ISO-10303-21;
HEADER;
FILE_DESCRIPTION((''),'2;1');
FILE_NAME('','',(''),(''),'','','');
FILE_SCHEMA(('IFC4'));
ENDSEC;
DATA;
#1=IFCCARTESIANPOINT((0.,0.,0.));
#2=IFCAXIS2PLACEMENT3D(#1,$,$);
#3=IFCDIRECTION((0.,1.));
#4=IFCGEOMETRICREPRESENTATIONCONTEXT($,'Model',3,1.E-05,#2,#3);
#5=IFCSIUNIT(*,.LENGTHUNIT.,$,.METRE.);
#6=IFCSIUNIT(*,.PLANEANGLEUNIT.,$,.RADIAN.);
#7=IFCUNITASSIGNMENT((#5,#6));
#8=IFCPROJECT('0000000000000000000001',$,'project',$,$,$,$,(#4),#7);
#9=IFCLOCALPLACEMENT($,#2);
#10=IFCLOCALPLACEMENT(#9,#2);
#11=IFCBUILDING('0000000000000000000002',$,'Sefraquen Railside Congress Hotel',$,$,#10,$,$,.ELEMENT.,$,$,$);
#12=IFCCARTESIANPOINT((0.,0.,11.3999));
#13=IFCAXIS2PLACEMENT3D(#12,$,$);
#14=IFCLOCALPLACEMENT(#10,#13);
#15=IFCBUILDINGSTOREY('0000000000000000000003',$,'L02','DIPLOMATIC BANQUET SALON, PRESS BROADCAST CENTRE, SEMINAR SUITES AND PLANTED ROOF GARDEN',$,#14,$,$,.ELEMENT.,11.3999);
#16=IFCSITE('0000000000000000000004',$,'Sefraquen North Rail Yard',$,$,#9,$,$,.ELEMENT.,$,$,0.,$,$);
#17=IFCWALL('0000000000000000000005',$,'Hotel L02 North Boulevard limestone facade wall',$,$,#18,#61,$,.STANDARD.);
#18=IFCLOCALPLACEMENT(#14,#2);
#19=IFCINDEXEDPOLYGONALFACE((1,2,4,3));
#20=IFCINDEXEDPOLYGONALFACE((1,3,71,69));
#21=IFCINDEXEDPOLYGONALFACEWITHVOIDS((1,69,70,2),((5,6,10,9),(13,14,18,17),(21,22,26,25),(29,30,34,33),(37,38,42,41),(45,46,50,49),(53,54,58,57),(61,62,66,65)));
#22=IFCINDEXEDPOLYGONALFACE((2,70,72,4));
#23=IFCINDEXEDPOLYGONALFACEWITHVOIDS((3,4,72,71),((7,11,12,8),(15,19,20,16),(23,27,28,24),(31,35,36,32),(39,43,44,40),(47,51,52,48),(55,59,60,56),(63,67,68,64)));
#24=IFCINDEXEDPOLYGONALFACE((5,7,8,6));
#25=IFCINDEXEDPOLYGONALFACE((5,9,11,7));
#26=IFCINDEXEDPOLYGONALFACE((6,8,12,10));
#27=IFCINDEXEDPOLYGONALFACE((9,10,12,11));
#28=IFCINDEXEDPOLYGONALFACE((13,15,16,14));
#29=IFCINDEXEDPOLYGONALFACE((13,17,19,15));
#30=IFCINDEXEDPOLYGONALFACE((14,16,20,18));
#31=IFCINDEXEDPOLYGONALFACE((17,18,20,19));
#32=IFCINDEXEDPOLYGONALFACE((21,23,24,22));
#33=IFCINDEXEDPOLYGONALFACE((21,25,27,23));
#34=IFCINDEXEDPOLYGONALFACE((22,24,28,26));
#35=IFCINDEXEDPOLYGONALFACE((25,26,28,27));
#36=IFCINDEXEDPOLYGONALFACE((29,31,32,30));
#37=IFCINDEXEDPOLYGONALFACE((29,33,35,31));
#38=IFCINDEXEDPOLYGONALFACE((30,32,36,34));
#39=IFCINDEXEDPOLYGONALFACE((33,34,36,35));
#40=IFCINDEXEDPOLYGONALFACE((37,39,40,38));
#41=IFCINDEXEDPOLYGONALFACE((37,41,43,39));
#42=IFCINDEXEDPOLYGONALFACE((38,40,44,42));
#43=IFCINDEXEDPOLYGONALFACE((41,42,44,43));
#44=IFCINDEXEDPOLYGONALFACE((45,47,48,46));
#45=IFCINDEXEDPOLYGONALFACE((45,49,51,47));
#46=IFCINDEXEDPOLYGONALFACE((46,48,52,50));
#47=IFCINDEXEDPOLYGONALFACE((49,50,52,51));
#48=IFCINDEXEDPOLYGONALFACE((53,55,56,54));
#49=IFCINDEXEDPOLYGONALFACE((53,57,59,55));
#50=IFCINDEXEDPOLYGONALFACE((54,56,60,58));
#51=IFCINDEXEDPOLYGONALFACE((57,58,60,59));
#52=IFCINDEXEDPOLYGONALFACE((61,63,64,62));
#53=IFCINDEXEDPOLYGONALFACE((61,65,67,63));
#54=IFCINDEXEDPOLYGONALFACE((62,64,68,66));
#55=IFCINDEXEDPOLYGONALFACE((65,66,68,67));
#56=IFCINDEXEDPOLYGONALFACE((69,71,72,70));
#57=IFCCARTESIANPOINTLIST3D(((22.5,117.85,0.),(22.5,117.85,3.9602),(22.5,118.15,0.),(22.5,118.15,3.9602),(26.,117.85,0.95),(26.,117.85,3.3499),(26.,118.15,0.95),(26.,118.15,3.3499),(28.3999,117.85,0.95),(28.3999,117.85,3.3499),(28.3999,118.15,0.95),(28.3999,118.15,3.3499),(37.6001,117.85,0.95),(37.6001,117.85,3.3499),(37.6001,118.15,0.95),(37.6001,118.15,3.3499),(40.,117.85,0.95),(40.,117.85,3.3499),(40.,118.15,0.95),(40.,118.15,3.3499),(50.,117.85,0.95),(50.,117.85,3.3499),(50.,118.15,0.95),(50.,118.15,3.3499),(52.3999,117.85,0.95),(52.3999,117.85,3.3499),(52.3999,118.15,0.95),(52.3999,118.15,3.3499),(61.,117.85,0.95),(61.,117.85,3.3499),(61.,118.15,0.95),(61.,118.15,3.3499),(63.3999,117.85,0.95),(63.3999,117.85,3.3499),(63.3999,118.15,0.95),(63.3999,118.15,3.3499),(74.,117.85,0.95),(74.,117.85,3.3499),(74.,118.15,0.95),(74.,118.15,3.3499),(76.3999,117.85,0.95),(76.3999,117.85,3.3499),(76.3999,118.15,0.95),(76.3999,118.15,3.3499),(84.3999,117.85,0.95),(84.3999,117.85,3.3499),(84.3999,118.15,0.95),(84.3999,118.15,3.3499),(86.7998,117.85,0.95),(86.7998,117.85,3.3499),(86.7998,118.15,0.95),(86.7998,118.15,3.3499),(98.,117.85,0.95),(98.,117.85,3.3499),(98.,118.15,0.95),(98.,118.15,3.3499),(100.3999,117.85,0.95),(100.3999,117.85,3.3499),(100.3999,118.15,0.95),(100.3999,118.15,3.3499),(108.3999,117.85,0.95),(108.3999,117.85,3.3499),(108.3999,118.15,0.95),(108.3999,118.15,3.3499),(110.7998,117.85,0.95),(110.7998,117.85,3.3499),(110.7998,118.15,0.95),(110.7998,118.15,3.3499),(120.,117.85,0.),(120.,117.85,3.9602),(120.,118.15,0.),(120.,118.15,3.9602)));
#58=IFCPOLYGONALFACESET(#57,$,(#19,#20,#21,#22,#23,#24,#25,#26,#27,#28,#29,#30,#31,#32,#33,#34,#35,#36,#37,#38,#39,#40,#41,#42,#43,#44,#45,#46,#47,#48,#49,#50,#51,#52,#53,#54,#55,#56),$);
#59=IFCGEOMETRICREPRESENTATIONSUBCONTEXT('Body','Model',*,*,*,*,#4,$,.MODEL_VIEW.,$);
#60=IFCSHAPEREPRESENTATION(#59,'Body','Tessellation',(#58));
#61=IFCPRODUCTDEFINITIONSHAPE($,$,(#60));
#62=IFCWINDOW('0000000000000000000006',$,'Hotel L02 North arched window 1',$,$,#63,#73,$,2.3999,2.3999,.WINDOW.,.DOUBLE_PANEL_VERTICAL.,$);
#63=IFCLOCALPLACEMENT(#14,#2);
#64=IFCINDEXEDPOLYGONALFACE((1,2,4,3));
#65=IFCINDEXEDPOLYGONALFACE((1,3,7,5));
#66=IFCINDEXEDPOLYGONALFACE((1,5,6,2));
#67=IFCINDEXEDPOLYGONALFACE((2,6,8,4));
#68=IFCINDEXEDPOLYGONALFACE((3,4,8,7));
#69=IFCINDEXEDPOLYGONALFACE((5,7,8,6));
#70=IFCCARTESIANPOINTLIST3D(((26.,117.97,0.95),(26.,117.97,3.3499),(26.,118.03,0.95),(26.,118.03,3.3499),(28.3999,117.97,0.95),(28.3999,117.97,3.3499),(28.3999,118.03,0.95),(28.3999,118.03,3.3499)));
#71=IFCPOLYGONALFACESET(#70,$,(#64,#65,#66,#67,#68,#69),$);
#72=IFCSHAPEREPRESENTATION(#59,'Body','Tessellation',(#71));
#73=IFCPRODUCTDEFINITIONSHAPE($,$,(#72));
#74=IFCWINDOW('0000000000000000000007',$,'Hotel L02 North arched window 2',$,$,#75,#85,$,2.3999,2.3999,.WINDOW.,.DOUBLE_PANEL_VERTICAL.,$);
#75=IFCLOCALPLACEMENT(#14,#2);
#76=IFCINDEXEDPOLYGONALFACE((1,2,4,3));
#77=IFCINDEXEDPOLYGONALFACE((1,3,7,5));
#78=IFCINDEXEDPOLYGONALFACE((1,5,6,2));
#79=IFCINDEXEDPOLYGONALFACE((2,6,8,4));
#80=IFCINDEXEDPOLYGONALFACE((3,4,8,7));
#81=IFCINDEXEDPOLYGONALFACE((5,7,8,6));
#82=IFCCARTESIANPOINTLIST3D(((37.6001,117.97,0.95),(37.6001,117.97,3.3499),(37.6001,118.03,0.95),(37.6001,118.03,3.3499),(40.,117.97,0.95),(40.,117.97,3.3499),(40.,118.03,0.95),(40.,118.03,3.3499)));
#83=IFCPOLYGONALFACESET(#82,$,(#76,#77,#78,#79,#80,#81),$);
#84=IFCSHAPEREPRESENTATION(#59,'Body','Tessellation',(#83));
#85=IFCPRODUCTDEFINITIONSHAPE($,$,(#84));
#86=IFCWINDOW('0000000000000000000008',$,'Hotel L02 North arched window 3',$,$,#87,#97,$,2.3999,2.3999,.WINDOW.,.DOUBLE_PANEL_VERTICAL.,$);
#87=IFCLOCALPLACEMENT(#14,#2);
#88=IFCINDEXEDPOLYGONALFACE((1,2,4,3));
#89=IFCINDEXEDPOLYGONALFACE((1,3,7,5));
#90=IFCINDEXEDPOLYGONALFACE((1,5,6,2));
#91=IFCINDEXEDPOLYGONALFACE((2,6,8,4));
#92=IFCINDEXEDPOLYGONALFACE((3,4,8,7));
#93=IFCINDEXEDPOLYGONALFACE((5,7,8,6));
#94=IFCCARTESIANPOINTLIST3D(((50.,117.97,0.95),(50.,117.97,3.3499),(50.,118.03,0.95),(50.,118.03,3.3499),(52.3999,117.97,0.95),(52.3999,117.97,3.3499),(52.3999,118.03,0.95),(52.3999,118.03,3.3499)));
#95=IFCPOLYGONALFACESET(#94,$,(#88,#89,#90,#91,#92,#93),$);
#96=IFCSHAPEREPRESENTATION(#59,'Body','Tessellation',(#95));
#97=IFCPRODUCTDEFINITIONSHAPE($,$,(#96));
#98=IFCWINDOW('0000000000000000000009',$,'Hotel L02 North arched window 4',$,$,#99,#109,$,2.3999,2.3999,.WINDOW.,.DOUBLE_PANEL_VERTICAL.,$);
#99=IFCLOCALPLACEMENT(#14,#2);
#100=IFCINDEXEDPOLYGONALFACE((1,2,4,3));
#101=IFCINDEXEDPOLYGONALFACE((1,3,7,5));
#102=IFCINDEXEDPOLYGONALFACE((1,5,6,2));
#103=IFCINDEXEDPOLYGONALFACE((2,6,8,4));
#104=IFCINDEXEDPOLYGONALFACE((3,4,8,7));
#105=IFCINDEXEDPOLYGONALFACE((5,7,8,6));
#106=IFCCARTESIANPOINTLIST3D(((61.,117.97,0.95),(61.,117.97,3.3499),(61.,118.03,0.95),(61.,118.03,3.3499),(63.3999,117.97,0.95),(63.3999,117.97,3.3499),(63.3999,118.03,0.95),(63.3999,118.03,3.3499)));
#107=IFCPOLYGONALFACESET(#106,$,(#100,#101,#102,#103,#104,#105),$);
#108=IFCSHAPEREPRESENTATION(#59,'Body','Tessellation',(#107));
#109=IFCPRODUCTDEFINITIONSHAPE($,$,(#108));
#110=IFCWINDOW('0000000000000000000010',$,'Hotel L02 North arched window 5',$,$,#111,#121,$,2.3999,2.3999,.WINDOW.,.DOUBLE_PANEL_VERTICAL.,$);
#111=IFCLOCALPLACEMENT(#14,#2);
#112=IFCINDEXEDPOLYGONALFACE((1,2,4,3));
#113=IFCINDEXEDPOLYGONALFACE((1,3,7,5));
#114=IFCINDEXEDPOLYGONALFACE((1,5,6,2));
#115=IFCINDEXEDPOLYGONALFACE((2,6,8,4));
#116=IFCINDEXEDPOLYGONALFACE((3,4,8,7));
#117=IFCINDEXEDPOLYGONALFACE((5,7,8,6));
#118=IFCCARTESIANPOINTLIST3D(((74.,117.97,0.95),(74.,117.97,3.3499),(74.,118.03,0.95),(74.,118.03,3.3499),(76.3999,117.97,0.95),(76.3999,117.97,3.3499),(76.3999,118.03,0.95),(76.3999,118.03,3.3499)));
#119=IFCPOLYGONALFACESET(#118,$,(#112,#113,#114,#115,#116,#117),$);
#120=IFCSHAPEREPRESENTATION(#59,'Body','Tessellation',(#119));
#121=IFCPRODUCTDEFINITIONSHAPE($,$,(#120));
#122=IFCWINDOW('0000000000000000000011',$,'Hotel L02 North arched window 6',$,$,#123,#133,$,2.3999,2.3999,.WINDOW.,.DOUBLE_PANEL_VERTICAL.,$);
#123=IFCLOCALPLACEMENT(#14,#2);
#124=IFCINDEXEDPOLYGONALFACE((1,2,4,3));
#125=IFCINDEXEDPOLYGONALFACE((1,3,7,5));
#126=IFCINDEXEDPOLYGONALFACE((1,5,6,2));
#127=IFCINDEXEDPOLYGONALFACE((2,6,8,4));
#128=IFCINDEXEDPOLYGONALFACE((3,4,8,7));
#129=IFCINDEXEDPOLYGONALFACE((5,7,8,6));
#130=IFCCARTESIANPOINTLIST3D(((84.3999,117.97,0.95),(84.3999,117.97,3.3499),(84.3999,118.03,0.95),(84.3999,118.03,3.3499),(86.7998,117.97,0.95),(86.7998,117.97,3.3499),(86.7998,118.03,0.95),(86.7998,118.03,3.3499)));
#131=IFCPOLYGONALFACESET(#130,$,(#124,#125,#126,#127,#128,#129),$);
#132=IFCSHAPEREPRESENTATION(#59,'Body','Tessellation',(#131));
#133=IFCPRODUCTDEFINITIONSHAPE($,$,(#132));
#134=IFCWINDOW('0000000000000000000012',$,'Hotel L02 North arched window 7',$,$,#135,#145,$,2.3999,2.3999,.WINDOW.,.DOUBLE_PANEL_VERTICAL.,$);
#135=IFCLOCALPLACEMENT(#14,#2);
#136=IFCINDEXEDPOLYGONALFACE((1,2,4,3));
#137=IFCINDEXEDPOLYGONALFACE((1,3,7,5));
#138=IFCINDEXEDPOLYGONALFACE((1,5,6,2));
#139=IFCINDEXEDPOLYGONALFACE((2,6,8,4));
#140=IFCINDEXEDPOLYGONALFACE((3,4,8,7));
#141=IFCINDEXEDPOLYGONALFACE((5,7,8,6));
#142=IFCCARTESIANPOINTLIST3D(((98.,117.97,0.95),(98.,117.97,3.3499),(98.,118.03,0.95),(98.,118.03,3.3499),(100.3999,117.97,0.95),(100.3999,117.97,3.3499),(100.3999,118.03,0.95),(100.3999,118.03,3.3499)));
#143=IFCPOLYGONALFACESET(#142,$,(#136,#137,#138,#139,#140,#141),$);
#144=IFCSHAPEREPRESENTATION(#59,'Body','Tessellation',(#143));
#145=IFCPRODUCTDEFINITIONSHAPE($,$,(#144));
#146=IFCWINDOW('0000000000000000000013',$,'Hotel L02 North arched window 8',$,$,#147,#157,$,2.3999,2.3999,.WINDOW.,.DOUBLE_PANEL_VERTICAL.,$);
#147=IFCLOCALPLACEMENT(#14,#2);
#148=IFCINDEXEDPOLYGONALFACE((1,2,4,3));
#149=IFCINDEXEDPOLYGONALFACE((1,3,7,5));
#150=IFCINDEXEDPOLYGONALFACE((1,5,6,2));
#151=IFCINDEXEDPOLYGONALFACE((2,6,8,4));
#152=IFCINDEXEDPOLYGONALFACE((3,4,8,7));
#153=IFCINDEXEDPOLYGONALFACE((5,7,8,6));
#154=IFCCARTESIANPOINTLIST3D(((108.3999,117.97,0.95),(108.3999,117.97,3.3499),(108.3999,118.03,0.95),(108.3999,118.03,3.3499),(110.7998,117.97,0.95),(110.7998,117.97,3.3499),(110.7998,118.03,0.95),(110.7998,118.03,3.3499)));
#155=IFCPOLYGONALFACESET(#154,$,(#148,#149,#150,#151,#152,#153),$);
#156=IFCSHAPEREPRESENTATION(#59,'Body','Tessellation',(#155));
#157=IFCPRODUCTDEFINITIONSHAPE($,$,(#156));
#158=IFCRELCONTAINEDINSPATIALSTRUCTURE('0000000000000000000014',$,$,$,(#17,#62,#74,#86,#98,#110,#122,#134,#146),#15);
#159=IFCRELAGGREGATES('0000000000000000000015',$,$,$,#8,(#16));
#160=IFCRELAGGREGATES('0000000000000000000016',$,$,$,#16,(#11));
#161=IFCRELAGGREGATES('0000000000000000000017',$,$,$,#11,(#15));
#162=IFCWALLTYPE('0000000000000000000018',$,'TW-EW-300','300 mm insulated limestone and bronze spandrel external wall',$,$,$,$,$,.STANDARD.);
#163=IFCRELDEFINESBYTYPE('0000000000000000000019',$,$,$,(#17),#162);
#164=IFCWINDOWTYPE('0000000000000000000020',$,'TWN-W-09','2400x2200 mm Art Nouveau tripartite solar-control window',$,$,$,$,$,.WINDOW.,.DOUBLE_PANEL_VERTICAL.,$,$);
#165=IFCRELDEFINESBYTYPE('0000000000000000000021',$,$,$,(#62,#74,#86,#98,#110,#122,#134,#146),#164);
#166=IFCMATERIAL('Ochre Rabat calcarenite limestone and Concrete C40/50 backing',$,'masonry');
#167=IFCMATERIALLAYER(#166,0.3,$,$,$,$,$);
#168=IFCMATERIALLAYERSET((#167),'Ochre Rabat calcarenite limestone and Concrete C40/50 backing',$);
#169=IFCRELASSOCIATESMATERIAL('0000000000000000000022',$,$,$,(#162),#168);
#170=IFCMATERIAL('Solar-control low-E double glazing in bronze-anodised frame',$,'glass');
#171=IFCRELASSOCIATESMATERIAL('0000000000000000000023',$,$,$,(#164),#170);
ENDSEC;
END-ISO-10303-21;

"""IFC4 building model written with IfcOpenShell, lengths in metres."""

from ifc_helpers import new_model, si_unit, direction, frame, frame_2d, origin, place, context, subcontext, project, spatial, rectangle, extrude, material, layer, layer_set, type_object, element, fill, save


model = new_model("IFC4")

# Units and contexts
model_context = context("Model", 3, precision=1e-05, world=origin(), true_north=direction((0.0, 1.0)))
body_context = subcontext(model_context, "Body", "Model", "MODEL_VIEW")
ifc_project = project(units=[si_unit("LENGTHUNIT", "METRE"), si_unit("PLANEANGLEUNIT", "RADIAN")], contexts=[model_context])

# Site, building, storey
site_placement = place(None, origin())
site = spatial("IfcSite", under=ifc_project, at=site_placement, Name="Sefraquen North Rail Yard", CompositionType="ELEMENT", RefElevation=0.0)
building_placement = place(site_placement, origin())
building = spatial("IfcBuilding", under=site, at=building_placement, Name="Sefraquen Railside Congress Hotel", CompositionType="ELEMENT")
storey_placement = place(building_placement, frame((0.0, 0.0, 11.3999)))
storey = spatial("IfcBuildingStorey", under=building, at=storey_placement, Name="L02", Description="DIPLOMATIC BANQUET SALON, PRESS BROADCAST CENTRE, SEMINAR SUITES AND PLANTED ROOF GARDEN", CompositionType="ELEMENT", Elevation=11.3999)

# Wall, openings, windows
ifc_material_1 = material(Name="Ochre Rabat calcarenite limestone and Concrete C40/50 backing", Category="masonry")
ifc_layer_1 = layer(ifc_material_1, 0.3)
ifc_layer_set_1 = layer_set([ifc_layer_1], Name="Ochre Rabat calcarenite limestone and Concrete C40/50 backing")
wall_type = type_object("IfcWallType", Name="TW-EW-300", Description="300 mm insulated limestone and bronze spandrel external wall", PredefinedType="STANDARD", material=ifc_layer_set_1)
wall_placement = place(storey_placement, frame((22.5, 118.0, 0.0), z_axis=(0.0, 0.0, 1.0), x_axis=(1.0, 0.0, 0.0)))
wall = element("IfcWall", 1, at=wall_placement, inside=storey, type_object=wall_type, Name="Hotel L02 North Boulevard limestone facade wall", PredefinedType="STANDARD", context=body_context, shape_type="SweptSolid", body=[
    extrude(rectangle(XDim=97.5, YDim=0.3, at=frame_2d((48.75, 0.0))), origin(), (0.0, 0.0, 1.0), 3.9602),
])
opening_1_placement = place(wall_placement, frame((3.5, 0.0, 0.95)))
opening_1 = element("IfcOpeningElement", 2, at=opening_1_placement, cuts=wall, PredefinedType="OPENING", context=body_context, shape_type="SweptSolid", body=[
    extrude(rectangle(XDim=2.3999, YDim=2.3999, at=frame_2d((1.2, 1.2))), frame((0.0, 0.1599, 0.0), z_axis=(0.0, -1.0, 0.0), x_axis=(1.0, 0.0, 0.0)), (0.0, 0.0, 1.0), 0.3201),
])
opening_2_placement = place(wall_placement, frame((15.1001, 0.0, 0.95)))
opening_2 = element("IfcOpeningElement", 3, at=opening_2_placement, cuts=wall, PredefinedType="OPENING", context=body_context, shape_type="SweptSolid", body=[
    extrude(rectangle(XDim=2.3999, YDim=2.3999, at=frame_2d((1.2, 1.2))), frame((0.0, 0.1599, 0.0), z_axis=(0.0, -1.0, 0.0), x_axis=(1.0, 0.0, 0.0)), (0.0, 0.0, 1.0), 0.3201),
])
opening_3_placement = place(wall_placement, frame((27.5, 0.0, 0.95)))
opening_3 = element("IfcOpeningElement", 4, at=opening_3_placement, cuts=wall, PredefinedType="OPENING", context=body_context, shape_type="SweptSolid", body=[
    extrude(rectangle(XDim=2.3999, YDim=2.3999, at=frame_2d((1.2, 1.2))), frame((0.0, 0.1599, 0.0), z_axis=(0.0, -1.0, 0.0), x_axis=(1.0, 0.0, 0.0)), (0.0, 0.0, 1.0), 0.3201),
])
opening_4_placement = place(wall_placement, frame((38.5, 0.0, 0.95)))
opening_4 = element("IfcOpeningElement", 5, at=opening_4_placement, cuts=wall, PredefinedType="OPENING", context=body_context, shape_type="SweptSolid", body=[
    extrude(rectangle(XDim=2.3999, YDim=2.3999, at=frame_2d((1.2, 1.2))), frame((0.0, 0.1599, 0.0), z_axis=(0.0, -1.0, 0.0), x_axis=(1.0, 0.0, 0.0)), (0.0, 0.0, 1.0), 0.3201),
])
opening_5_placement = place(wall_placement, frame((51.5, 0.0, 0.95)))
opening_5 = element("IfcOpeningElement", 6, at=opening_5_placement, cuts=wall, PredefinedType="OPENING", context=body_context, shape_type="SweptSolid", body=[
    extrude(rectangle(XDim=2.3999, YDim=2.3999, at=frame_2d((1.2, 1.2))), frame((0.0, 0.1599, 0.0), z_axis=(0.0, -1.0, 0.0), x_axis=(1.0, 0.0, 0.0)), (0.0, 0.0, 1.0), 0.3201),
])
opening_6_placement = place(wall_placement, frame((61.8999, 0.0, 0.95)))
opening_6 = element("IfcOpeningElement", 7, at=opening_6_placement, cuts=wall, PredefinedType="OPENING", context=body_context, shape_type="SweptSolid", body=[
    extrude(rectangle(XDim=2.3999, YDim=2.3999, at=frame_2d((1.2, 1.2))), frame((0.0, 0.1599, 0.0), z_axis=(0.0, -1.0, 0.0), x_axis=(1.0, 0.0, 0.0)), (0.0, 0.0, 1.0), 0.3201),
])
opening_7_placement = place(wall_placement, frame((75.5, 0.0, 0.95)))
opening_7 = element("IfcOpeningElement", 8, at=opening_7_placement, cuts=wall, PredefinedType="OPENING", context=body_context, shape_type="SweptSolid", body=[
    extrude(rectangle(XDim=2.3999, YDim=2.3999, at=frame_2d((1.2, 1.2))), frame((0.0, 0.1599, 0.0), z_axis=(0.0, -1.0, 0.0), x_axis=(1.0, 0.0, 0.0)), (0.0, 0.0, 1.0), 0.3201),
])
opening_8_placement = place(wall_placement, frame((85.8999, 0.0, 0.95)))
opening_8 = element("IfcOpeningElement", 9, at=opening_8_placement, cuts=wall, PredefinedType="OPENING", context=body_context, shape_type="SweptSolid", body=[
    extrude(rectangle(XDim=2.3999, YDim=2.3999, at=frame_2d((1.2, 1.2))), frame((0.0, 0.1599, 0.0), z_axis=(0.0, -1.0, 0.0), x_axis=(1.0, 0.0, 0.0)), (0.0, 0.0, 1.0), 0.3201),
])
ifc_material_2 = material(Name="Solar-control low-E double glazing in bronze-anodised frame", Category="glass")
window_type = type_object("IfcWindowType", Name="TWN-W-09", Description="2400x2200 mm Art Nouveau tripartite solar-control window", PartitioningType="DOUBLE_PANEL_VERTICAL", PredefinedType="WINDOW", material=ifc_material_2)
window_1_placement = place(opening_1_placement, origin())
window_1 = element("IfcWindow", 10, at=window_1_placement, inside=storey, type_object=window_type, Name="Hotel L02 North arched window 1", OverallHeight=2.3999, OverallWidth=2.3999, PartitioningType="DOUBLE_PANEL_VERTICAL", PredefinedType="WINDOW", context=body_context, shape_type="SweptSolid", body=[
    extrude(rectangle(XDim=2.3999, YDim=2.3999, at=frame_2d((1.2, 1.2))), frame((0.0, 0.03, 0.0), z_axis=(0.0, -1.0, 0.0), x_axis=(1.0, 0.0, 0.0)), (0.0, 0.0, 1.0), 0.0601),
])
fill(opening_1, window_1)
window_2_placement = place(opening_2_placement, origin())
window_2 = element("IfcWindow", 11, at=window_2_placement, inside=storey, type_object=window_type, Name="Hotel L02 North arched window 2", OverallHeight=2.3999, OverallWidth=2.3999, PartitioningType="DOUBLE_PANEL_VERTICAL", PredefinedType="WINDOW", context=body_context, shape_type="SweptSolid", body=[
    extrude(rectangle(XDim=2.3999, YDim=2.3999, at=frame_2d((1.2, 1.2))), frame((0.0, 0.03, 0.0), z_axis=(0.0, -1.0, 0.0), x_axis=(1.0, 0.0, 0.0)), (0.0, 0.0, 1.0), 0.0601),
])
fill(opening_2, window_2)
window_3_placement = place(opening_3_placement, origin())
window_3 = element("IfcWindow", 12, at=window_3_placement, inside=storey, type_object=window_type, Name="Hotel L02 North arched window 3", OverallHeight=2.3999, OverallWidth=2.3999, PartitioningType="DOUBLE_PANEL_VERTICAL", PredefinedType="WINDOW", context=body_context, shape_type="SweptSolid", body=[
    extrude(rectangle(XDim=2.3999, YDim=2.3999, at=frame_2d((1.2, 1.2))), frame((0.0, 0.03, 0.0), z_axis=(0.0, -1.0, 0.0), x_axis=(1.0, 0.0, 0.0)), (0.0, 0.0, 1.0), 0.0601),
])
fill(opening_3, window_3)
window_4_placement = place(opening_4_placement, origin())
window_4 = element("IfcWindow", 13, at=window_4_placement, inside=storey, type_object=window_type, Name="Hotel L02 North arched window 4", OverallHeight=2.3999, OverallWidth=2.3999, PartitioningType="DOUBLE_PANEL_VERTICAL", PredefinedType="WINDOW", context=body_context, shape_type="SweptSolid", body=[
    extrude(rectangle(XDim=2.3999, YDim=2.3999, at=frame_2d((1.2, 1.2))), frame((0.0, 0.03, 0.0), z_axis=(0.0, -1.0, 0.0), x_axis=(1.0, 0.0, 0.0)), (0.0, 0.0, 1.0), 0.0601),
])
fill(opening_4, window_4)
window_5_placement = place(opening_5_placement, origin())
window_5 = element("IfcWindow", 14, at=window_5_placement, inside=storey, type_object=window_type, Name="Hotel L02 North arched window 5", OverallHeight=2.3999, OverallWidth=2.3999, PartitioningType="DOUBLE_PANEL_VERTICAL", PredefinedType="WINDOW", context=body_context, shape_type="SweptSolid", body=[
    extrude(rectangle(XDim=2.3999, YDim=2.3999, at=frame_2d((1.2, 1.2))), frame((0.0, 0.03, 0.0), z_axis=(0.0, -1.0, 0.0), x_axis=(1.0, 0.0, 0.0)), (0.0, 0.0, 1.0), 0.0601),
])
fill(opening_5, window_5)
window_6_placement = place(opening_6_placement, origin())
window_6 = element("IfcWindow", 15, at=window_6_placement, inside=storey, type_object=window_type, Name="Hotel L02 North arched window 6", OverallHeight=2.3999, OverallWidth=2.3999, PartitioningType="DOUBLE_PANEL_VERTICAL", PredefinedType="WINDOW", context=body_context, shape_type="SweptSolid", body=[
    extrude(rectangle(XDim=2.3999, YDim=2.3999, at=frame_2d((1.2, 1.2))), frame((0.0, 0.03, 0.0), z_axis=(0.0, -1.0, 0.0), x_axis=(1.0, 0.0, 0.0)), (0.0, 0.0, 1.0), 0.0601),
])
fill(opening_6, window_6)
window_7_placement = place(opening_7_placement, origin())
window_7 = element("IfcWindow", 16, at=window_7_placement, inside=storey, type_object=window_type, Name="Hotel L02 North arched window 7", OverallHeight=2.3999, OverallWidth=2.3999, PartitioningType="DOUBLE_PANEL_VERTICAL", PredefinedType="WINDOW", context=body_context, shape_type="SweptSolid", body=[
    extrude(rectangle(XDim=2.3999, YDim=2.3999, at=frame_2d((1.2, 1.2))), frame((0.0, 0.03, 0.0), z_axis=(0.0, -1.0, 0.0), x_axis=(1.0, 0.0, 0.0)), (0.0, 0.0, 1.0), 0.0601),
])
fill(opening_7, window_7)
window_8_placement = place(opening_8_placement, origin())
window_8 = element("IfcWindow", 17, at=window_8_placement, inside=storey, type_object=window_type, Name="Hotel L02 North arched window 8", OverallHeight=2.3999, OverallWidth=2.3999, PartitioningType="DOUBLE_PANEL_VERTICAL", PredefinedType="WINDOW", context=body_context, shape_type="SweptSolid", body=[
    extrude(rectangle(XDim=2.3999, YDim=2.3999, at=frame_2d((1.2, 1.2))), frame((0.0, 0.03, 0.0), z_axis=(0.0, -1.0, 0.0), x_axis=(1.0, 0.0, 0.0)), (0.0, 0.0, 1.0), 0.0601),
])
fill(opening_8, window_8)

save(model, "model.ifc")
